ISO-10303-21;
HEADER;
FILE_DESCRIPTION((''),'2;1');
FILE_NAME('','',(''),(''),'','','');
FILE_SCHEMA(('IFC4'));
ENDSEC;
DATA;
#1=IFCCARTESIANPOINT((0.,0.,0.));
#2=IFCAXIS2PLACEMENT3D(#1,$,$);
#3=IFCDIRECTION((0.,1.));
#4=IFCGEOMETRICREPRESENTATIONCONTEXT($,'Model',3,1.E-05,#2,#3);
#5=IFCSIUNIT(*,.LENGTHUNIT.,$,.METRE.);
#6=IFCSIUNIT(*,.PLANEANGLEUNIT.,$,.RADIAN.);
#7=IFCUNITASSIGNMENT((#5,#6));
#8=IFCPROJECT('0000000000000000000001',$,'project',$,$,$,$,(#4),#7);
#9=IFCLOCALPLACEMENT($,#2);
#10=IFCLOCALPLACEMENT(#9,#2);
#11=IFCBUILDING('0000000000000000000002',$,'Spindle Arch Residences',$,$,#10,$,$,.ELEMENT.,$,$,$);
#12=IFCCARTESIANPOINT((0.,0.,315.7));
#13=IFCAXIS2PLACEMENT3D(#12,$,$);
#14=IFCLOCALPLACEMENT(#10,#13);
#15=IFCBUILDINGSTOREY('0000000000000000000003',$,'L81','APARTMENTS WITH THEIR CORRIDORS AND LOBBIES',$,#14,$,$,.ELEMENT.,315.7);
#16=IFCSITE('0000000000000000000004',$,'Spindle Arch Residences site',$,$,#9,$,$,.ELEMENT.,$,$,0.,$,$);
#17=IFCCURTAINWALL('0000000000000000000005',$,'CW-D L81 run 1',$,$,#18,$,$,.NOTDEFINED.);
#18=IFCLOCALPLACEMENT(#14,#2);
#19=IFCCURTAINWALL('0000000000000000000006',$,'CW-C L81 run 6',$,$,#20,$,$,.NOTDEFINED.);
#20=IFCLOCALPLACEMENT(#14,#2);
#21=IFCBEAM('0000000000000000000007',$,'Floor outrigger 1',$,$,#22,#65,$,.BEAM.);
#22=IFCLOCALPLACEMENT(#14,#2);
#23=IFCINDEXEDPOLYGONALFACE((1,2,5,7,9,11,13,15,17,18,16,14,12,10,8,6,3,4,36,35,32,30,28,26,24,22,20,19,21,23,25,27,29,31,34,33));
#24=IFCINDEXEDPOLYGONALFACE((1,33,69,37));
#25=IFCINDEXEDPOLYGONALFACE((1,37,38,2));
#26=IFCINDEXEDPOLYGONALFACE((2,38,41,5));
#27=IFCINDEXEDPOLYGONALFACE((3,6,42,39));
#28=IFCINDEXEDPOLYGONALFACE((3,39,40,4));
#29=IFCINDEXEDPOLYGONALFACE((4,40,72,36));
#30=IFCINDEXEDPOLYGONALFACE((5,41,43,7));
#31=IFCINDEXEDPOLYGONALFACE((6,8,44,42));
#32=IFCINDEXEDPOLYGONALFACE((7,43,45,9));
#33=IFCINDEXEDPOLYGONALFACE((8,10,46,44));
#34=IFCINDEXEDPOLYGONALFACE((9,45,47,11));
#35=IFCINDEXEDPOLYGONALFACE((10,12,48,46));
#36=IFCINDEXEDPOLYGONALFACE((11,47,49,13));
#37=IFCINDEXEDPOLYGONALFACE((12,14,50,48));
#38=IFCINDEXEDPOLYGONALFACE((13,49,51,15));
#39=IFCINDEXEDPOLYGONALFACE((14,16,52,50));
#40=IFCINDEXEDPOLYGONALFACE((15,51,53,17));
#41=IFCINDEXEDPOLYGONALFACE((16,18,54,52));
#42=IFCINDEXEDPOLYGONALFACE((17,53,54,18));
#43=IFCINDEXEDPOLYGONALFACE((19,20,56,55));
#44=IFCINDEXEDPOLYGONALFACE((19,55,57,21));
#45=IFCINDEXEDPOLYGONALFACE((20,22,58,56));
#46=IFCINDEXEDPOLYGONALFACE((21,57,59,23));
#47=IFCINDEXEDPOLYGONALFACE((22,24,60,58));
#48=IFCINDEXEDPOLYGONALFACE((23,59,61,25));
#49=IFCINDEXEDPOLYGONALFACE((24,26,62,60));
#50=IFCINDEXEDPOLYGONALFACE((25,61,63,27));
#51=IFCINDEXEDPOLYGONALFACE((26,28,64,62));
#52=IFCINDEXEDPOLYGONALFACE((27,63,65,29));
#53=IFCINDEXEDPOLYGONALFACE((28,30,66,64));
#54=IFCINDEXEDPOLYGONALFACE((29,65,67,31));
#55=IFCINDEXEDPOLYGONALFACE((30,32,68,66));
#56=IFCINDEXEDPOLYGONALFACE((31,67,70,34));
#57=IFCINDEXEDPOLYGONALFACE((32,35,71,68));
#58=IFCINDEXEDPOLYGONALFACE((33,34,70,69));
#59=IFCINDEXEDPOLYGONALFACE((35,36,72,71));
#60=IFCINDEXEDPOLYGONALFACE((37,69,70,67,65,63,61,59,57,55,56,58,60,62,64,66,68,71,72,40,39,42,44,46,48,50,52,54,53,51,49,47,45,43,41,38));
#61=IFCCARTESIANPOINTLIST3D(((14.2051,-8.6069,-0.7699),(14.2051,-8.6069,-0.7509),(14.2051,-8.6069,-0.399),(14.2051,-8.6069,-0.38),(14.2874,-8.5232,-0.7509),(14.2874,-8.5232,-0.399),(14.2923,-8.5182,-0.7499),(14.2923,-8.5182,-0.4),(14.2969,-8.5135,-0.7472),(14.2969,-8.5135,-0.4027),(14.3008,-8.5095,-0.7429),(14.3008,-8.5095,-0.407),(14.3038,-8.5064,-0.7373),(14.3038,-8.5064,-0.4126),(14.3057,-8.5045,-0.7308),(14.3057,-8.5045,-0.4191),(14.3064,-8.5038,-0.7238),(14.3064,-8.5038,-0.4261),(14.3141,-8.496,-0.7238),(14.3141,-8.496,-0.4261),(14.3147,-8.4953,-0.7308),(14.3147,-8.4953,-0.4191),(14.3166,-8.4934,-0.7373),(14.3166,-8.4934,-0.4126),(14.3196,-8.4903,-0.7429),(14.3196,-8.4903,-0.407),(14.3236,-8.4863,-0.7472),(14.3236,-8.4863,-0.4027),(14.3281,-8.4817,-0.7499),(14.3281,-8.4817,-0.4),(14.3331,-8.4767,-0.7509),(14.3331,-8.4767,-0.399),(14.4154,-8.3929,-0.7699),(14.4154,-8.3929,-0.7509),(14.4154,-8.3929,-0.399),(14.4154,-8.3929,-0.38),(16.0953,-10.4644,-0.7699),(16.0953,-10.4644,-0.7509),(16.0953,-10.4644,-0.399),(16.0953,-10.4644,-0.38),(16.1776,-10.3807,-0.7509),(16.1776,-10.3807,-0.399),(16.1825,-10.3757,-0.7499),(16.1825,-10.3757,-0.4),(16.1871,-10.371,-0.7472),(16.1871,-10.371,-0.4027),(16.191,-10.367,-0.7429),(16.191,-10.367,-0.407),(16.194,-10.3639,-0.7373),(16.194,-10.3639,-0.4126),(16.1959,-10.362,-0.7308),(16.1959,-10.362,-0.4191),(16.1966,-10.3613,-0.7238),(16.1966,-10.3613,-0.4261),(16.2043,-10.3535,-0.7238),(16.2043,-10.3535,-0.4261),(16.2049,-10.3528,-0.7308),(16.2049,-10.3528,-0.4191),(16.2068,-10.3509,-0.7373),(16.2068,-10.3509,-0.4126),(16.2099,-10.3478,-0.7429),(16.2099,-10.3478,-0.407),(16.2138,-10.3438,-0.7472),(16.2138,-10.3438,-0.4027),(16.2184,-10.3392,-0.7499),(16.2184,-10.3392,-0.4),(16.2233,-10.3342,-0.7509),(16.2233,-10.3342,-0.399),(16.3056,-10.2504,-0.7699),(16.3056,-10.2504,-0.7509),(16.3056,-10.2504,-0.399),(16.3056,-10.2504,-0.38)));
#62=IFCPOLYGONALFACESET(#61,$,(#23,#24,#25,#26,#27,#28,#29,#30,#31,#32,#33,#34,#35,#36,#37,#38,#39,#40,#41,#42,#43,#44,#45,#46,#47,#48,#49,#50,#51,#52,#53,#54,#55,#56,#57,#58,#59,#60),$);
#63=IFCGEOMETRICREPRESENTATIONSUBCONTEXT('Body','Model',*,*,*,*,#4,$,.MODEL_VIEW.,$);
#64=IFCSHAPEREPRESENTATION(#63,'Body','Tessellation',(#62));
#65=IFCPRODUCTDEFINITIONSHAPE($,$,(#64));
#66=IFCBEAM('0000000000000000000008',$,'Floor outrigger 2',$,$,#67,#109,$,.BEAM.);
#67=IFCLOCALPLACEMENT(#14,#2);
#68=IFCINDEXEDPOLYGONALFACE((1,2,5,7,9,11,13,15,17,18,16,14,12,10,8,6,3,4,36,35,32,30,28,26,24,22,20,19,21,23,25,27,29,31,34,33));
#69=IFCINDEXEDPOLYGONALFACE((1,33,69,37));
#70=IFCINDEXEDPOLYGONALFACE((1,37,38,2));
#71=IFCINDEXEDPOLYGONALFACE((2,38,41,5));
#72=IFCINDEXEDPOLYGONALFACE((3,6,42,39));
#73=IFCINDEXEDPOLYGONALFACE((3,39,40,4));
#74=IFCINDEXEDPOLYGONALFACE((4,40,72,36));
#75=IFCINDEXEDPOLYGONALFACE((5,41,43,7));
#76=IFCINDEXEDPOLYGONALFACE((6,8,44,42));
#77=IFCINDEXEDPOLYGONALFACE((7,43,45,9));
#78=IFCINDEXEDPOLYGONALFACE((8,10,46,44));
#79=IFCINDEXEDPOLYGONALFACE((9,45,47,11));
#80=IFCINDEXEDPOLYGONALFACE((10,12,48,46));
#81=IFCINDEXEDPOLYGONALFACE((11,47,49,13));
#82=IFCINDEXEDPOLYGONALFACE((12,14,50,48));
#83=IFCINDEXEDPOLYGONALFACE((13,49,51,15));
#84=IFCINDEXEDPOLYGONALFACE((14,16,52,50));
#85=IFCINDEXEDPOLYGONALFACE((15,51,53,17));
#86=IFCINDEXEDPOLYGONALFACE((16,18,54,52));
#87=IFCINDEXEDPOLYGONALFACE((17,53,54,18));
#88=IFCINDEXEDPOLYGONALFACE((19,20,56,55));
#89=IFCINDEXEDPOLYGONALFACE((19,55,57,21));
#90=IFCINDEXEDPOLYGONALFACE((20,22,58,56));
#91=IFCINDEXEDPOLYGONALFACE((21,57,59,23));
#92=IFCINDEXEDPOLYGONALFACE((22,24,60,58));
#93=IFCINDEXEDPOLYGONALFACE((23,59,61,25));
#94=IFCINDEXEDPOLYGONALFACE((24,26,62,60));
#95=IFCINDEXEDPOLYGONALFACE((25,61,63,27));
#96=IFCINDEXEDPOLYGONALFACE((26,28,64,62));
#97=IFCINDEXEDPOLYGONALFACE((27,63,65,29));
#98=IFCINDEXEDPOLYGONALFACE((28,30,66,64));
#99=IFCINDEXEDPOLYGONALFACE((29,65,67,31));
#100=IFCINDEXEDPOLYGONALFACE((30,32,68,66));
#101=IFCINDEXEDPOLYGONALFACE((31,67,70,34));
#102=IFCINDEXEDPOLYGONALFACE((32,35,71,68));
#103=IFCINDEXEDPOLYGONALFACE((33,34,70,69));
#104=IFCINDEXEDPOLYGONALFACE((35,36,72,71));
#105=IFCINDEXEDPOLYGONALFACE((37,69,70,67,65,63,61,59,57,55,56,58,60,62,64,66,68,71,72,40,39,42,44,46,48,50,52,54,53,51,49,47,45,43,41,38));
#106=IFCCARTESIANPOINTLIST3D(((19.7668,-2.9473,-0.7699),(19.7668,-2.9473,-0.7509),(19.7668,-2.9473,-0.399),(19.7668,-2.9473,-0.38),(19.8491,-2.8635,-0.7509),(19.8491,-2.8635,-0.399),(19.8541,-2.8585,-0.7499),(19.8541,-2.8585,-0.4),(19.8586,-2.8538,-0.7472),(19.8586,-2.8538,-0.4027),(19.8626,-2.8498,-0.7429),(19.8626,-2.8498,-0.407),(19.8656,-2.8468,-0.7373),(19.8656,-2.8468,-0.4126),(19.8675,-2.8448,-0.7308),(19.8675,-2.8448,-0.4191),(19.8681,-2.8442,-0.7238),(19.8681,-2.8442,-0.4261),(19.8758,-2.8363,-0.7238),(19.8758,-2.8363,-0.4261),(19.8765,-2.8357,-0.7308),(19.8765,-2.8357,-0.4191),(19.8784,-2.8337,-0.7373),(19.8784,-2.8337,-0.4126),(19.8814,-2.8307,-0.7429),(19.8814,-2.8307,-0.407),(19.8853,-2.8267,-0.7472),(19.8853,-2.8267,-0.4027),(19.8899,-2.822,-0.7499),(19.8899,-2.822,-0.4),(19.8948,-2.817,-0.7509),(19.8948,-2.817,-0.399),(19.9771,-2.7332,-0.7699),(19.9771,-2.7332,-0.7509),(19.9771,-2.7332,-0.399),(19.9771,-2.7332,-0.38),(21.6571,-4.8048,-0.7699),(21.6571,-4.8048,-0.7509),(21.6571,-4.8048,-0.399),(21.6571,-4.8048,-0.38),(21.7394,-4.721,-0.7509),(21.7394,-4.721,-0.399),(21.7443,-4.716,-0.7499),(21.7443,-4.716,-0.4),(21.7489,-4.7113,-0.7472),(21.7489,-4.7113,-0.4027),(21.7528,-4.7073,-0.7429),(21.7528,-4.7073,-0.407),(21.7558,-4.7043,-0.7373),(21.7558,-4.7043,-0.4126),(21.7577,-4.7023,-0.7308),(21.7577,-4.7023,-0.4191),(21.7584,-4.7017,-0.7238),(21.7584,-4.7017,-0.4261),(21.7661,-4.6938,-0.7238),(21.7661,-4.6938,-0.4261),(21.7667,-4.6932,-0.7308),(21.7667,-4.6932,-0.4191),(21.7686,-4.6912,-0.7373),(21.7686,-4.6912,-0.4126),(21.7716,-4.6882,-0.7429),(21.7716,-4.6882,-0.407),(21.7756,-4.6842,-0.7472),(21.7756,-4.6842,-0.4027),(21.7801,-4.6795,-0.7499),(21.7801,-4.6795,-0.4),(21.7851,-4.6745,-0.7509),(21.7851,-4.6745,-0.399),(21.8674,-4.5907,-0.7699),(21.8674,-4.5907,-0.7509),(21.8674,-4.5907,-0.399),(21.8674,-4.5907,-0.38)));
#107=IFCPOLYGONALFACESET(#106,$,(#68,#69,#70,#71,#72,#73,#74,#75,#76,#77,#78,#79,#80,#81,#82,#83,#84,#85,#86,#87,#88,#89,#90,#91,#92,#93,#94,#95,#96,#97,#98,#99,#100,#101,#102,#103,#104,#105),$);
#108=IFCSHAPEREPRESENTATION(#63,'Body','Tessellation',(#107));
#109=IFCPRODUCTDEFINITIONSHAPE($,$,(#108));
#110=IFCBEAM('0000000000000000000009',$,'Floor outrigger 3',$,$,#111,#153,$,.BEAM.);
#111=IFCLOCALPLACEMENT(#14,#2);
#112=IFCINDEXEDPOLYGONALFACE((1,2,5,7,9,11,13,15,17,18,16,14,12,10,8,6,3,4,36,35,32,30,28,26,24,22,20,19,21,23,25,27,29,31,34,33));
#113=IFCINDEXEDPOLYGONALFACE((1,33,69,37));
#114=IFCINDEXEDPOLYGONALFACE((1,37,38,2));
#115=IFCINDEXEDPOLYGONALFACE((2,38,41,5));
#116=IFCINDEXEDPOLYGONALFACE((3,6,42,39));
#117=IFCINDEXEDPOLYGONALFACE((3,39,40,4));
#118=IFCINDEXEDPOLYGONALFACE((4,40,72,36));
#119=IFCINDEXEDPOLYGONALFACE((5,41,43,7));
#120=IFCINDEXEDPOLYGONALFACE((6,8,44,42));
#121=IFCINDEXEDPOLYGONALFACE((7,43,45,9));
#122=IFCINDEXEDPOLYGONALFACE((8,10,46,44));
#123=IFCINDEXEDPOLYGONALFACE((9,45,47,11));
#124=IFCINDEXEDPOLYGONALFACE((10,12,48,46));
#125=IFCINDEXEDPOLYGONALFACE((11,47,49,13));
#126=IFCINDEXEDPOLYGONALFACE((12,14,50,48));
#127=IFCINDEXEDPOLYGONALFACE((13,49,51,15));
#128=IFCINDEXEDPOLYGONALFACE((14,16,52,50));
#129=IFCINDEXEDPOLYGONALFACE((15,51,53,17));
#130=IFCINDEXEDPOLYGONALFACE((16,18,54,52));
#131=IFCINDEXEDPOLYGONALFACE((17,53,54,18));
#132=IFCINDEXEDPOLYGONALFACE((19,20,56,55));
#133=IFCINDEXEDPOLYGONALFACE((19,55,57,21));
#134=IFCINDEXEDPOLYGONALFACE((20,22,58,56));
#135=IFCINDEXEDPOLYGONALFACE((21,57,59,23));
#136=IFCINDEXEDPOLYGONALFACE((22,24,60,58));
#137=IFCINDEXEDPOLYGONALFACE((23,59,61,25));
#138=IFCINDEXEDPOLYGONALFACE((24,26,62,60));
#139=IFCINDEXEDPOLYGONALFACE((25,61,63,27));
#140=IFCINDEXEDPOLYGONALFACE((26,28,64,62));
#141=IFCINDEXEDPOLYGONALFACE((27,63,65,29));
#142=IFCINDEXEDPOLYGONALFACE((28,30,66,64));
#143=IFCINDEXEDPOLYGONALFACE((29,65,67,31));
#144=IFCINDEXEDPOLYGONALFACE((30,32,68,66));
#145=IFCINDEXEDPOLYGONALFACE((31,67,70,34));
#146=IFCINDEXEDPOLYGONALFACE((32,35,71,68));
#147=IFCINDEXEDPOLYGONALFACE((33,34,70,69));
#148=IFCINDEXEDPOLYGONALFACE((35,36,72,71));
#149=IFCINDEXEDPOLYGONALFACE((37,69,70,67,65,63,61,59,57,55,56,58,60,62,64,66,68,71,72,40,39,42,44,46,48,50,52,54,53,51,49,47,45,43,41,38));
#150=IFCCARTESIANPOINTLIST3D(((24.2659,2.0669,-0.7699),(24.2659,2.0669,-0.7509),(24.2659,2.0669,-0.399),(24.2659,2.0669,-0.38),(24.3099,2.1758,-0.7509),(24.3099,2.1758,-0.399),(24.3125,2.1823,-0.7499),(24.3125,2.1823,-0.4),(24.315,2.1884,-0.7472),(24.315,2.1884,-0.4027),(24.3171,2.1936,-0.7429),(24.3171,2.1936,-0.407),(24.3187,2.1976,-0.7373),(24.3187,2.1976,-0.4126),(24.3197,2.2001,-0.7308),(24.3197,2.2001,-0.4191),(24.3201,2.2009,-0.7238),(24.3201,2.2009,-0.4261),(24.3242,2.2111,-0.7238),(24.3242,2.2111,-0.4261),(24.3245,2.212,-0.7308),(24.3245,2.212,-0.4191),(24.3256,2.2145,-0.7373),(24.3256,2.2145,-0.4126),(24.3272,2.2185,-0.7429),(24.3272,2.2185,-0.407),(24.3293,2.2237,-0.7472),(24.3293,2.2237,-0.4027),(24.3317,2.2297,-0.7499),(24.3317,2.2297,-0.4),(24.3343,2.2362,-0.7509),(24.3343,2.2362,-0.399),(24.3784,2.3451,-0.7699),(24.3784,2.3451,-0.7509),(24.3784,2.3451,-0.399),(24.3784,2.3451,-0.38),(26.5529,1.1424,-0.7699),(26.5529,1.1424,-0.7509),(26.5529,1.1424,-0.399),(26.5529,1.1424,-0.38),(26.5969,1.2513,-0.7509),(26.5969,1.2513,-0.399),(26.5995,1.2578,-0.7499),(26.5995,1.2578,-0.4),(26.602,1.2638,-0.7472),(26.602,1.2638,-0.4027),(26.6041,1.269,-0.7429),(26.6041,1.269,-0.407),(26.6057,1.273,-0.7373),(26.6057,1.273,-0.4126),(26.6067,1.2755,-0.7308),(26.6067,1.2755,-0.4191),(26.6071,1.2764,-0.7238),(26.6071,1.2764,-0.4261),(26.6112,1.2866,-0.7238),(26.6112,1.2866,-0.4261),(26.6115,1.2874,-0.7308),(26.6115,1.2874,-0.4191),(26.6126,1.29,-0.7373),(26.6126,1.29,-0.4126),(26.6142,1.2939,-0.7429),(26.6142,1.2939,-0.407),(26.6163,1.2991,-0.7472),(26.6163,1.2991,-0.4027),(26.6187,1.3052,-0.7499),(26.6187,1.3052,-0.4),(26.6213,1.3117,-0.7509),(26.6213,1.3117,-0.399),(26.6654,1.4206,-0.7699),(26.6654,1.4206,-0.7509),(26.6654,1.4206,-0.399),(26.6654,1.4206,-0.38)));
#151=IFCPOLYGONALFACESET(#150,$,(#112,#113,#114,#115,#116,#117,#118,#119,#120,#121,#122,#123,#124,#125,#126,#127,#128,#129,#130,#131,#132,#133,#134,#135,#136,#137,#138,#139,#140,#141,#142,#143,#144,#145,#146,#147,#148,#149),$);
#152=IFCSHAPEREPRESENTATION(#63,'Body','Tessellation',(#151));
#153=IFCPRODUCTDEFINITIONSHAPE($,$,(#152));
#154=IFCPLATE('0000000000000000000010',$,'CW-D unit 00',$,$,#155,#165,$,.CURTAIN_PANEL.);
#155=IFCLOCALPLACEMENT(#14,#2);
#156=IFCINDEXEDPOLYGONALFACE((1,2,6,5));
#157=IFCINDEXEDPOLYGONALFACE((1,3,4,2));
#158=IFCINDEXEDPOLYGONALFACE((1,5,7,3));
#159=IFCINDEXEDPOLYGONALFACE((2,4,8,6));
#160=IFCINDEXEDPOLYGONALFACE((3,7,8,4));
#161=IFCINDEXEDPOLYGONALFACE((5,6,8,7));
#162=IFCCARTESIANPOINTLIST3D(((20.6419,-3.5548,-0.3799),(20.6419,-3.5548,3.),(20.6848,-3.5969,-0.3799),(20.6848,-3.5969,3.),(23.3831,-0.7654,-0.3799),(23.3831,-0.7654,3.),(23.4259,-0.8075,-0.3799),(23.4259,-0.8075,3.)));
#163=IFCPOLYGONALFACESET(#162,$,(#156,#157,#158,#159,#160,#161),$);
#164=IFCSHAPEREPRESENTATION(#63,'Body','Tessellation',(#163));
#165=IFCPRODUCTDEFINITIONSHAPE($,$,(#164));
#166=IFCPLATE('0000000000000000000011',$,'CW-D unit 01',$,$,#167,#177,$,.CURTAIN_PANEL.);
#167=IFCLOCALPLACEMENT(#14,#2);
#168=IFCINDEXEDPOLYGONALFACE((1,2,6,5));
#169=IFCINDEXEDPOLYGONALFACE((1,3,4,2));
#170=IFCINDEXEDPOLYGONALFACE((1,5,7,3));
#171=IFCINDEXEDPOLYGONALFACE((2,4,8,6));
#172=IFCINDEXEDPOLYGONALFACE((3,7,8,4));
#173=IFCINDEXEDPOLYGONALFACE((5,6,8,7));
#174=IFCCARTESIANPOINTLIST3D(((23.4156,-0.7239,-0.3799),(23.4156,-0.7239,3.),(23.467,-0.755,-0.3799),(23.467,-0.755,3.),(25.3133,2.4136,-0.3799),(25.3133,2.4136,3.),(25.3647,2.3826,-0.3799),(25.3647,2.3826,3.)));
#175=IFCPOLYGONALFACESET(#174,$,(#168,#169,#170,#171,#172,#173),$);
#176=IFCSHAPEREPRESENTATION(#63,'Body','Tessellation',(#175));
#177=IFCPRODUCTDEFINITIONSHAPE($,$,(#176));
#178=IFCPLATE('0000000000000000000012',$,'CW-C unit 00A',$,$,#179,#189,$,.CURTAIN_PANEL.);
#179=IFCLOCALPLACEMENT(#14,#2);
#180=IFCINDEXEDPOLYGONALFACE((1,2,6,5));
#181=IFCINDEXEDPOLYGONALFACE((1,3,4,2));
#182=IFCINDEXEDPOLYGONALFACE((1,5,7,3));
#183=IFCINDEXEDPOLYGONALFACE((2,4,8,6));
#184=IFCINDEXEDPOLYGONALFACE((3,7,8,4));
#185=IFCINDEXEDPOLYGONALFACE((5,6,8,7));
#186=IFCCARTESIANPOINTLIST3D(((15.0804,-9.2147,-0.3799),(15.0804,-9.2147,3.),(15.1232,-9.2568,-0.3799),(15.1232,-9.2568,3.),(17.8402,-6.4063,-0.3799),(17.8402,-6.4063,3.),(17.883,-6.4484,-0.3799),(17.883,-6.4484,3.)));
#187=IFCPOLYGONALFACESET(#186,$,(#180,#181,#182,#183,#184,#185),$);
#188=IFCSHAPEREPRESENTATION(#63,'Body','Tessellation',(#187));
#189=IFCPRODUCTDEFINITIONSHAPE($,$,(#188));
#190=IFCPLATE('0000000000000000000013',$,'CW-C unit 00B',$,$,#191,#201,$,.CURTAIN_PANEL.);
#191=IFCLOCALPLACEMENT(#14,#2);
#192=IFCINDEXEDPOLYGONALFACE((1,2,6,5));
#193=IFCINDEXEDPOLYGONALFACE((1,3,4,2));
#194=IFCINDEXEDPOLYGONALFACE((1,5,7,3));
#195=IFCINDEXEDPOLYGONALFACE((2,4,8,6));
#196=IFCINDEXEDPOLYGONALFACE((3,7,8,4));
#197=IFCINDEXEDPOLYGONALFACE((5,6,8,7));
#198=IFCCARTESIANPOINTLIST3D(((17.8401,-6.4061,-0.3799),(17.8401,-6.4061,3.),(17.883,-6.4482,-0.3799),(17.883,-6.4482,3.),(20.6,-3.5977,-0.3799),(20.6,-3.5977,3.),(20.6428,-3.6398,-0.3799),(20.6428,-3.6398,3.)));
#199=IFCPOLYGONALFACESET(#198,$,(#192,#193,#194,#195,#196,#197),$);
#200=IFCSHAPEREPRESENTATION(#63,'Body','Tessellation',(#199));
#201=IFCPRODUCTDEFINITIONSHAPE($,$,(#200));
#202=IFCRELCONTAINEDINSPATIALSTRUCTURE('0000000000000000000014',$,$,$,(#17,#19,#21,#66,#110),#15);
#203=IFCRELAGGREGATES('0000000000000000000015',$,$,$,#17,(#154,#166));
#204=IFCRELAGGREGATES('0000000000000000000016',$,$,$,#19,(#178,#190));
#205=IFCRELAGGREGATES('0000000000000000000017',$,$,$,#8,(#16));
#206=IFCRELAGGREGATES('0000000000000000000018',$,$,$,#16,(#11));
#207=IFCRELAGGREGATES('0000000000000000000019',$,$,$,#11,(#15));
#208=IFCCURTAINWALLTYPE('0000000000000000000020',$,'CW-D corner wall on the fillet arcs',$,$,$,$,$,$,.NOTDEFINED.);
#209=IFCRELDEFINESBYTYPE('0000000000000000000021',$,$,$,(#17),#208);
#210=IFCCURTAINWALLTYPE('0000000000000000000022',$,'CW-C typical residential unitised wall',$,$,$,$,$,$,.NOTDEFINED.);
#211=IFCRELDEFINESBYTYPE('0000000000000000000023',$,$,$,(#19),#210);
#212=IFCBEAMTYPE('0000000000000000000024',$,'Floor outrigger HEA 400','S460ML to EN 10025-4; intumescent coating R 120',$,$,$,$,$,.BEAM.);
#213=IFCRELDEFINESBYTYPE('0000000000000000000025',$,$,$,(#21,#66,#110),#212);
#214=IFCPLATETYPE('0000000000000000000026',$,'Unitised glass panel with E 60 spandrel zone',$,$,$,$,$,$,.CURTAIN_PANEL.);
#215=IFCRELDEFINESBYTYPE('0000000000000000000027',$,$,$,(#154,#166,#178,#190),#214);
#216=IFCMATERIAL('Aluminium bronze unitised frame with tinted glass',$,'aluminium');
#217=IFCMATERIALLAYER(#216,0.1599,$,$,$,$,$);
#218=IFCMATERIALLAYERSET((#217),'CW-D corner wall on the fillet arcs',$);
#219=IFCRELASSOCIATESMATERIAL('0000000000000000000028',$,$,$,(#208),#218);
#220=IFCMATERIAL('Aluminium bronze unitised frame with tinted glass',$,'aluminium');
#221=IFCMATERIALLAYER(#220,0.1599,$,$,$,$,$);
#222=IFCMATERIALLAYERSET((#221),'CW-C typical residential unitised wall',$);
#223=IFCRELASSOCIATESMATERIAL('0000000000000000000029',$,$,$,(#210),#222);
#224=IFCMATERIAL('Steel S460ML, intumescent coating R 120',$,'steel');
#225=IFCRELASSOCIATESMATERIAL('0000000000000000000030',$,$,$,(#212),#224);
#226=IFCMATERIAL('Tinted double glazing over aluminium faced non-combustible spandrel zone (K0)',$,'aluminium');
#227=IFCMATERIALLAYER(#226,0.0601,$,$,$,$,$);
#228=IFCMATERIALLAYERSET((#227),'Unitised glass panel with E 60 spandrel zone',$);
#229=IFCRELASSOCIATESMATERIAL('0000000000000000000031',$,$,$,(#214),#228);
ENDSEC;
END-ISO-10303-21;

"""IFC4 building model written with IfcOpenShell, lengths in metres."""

from ifc_helpers import new_model, si_unit, direction, frame, origin, origin_2d, place, context, subcontext, project, spatial, rectangle, i_section, extrude, material, layer, layer_set, material_profile, profile_set, type_object, element, aggregate, save


model = new_model("IFC4")

# Units and contexts
model_context = context("Model", 3, precision=1e-05, world=origin(), true_north=direction((0.0, 1.0)))
body_context = subcontext(model_context, "Body", "Model", "MODEL_VIEW")
ifc_project = project(units=[si_unit("LENGTHUNIT", "METRE"), si_unit("PLANEANGLEUNIT", "RADIAN")], contexts=[model_context])

# Site, building, storey
site_placement = place(None, origin())
site = spatial("IfcSite", under=ifc_project, at=site_placement, Name="Spindle Arch Residences site", CompositionType="ELEMENT", RefElevation=0.0)
building_placement = place(site_placement, origin())
building = spatial("IfcBuilding", under=site, at=building_placement, Name="Spindle Arch Residences", CompositionType="ELEMENT")
storey_placement = place(building_placement, frame((0.0, 0.0, 315.7)))
storey = spatial("IfcBuildingStorey", under=building, at=storey_placement, Name="L81", Description="APARTMENTS WITH THEIR CORRIDORS AND LOBBIES", CompositionType="ELEMENT", Elevation=315.7)

# Curtain wall
ifc_material_1 = material(Name="Aluminium bronze unitised frame with tinted glass", Category="aluminium")
ifc_layer_1 = layer(ifc_material_1, 0.1599)
ifc_layer_set_1 = layer_set([ifc_layer_1], Name="CW-D corner wall on the fillet arcs")
curtain_wall_type_1 = type_object("IfcCurtainWallType", Name="CW-D corner wall on the fillet arcs", PredefinedType="NOTDEFINED", material=ifc_layer_set_1)
curtain_wall_1_placement = place(storey_placement, origin())
curtain_wall_1 = element("IfcCurtainWall", 1, at=curtain_wall_1_placement, inside=storey, type_object=curtain_wall_type_1, Name="CW-D L81 run 1", PredefinedType="NOTDEFINED")

# Curtain wall
ifc_material_2 = material(Name="Aluminium bronze unitised frame with tinted glass", Category="aluminium")
ifc_layer_2 = layer(ifc_material_2, 0.1599)
ifc_layer_set_2 = layer_set([ifc_layer_2], Name="CW-C typical residential unitised wall")
curtain_wall_type_2 = type_object("IfcCurtainWallType", Name="CW-C typical residential unitised wall", PredefinedType="NOTDEFINED", material=ifc_layer_set_2)
curtain_wall_2_placement = place(storey_placement, origin())
curtain_wall_2 = element("IfcCurtainWall", 2, at=curtain_wall_2_placement, inside=storey, type_object=curtain_wall_type_2, Name="CW-C L81 run 6", PredefinedType="NOTDEFINED")

# Beams
ifc_material_3 = material(Name="Steel S460ML, intumescent coating R 120", Category="steel")
ifc_material_profile_1 = material_profile(ifc_material_3, i_section(OverallWidth=0.3, OverallDepth=0.3899, WebThickness=0.011, FlangeThickness=0.019, FilletRadius=0.0271, at=origin_2d()), Name="HEA 400")
ifc_profile_set_1 = profile_set([ifc_material_profile_1], Name="Steel S460ML, intumescent coating R 120")
beam_type_1 = type_object("IfcBeamType", Name="Floor outrigger HEA 400", Description="S460ML to EN 10025-4; intumescent coating R 120", PredefinedType="BEAM", material=ifc_profile_set_1)
for number, where, z_axis, x_axis, name in (
    (3, (16.2004, -10.3574, -0.575), (-0.713252, 0.700907, 0.0), (-0.700907, -0.713252, 0.0), "Floor outrigger 1"),
    (4, (21.7622, -4.6978, -0.575), (-0.713252, 0.700907, 0.0), (-0.700907, -0.713252, 0.0), "Floor outrigger 2"),
):
    element("IfcBeam", number, at=place(storey_placement, frame(where, z_axis=z_axis, x_axis=x_axis)), inside=storey, type_object=beam_type_1, Name=name, PredefinedType="BEAM", context=body_context, shape_type="SweptSolid", body=[
        extrude(i_section(OverallWidth=0.3, OverallDepth=0.3899, WebThickness=0.011, FlangeThickness=0.019, FilletRadius=0.0271, at=origin_2d()), origin(), (0.0, 0.0, 1.0), 2.6501),
    ])
beam_1_placement = place(storey_placement, frame((26.6091, 1.2815, -0.575), z_axis=(-0.927112, 0.374784, 0.0), x_axis=(-0.374784, -0.927112, 0.0)))
element("IfcBeam", 5, at=beam_1_placement, inside=storey, type_object=beam_type_1, Name="Floor outrigger 3", PredefinedType="BEAM", context=body_context, shape_type="SweptSolid", body=[
    extrude(i_section(OverallWidth=0.3, OverallDepth=0.3899, WebThickness=0.011, FlangeThickness=0.019, FilletRadius=0.0271, at=origin_2d()), origin(), (0.0, 0.0, 1.0), 2.4668),
])

# Plates
ifc_material_4 = material(Name="Tinted double glazing over aluminium faced non-combustible spandrel zone (K0)", Category="aluminium")
ifc_layer_3 = layer(ifc_material_4, 0.0601)
ifc_layer_set_3 = layer_set([ifc_layer_3], Name="Unitised glass panel with E 60 spandrel zone")
plate_type = type_object("IfcPlateType", Name="Unitised glass panel with E 60 spandrel zone", PredefinedType="CURTAIN_PANEL", material=ifc_layer_set_3)
plate_1_placement = place(storey_placement, frame((22.0339, -2.1812, -0.3799), z_axis=(0.0, 0.0, 1.0), x_axis=(0.700909, 0.71325, 0.0)))
plate_1 = element("IfcPlate", 6, at=plate_1_placement, type_object=plate_type, Name="CW-D unit 00", PredefinedType="CURTAIN_PANEL", context=body_context, shape_type="SweptSolid", body=[
    extrude(rectangle(XDim=3.9109, YDim=0.0601, at=origin_2d()), origin(), (0.0, 0.0, 1.0), 3.3799),
])
plate_2_placement = place(storey_placement, frame((24.3901, 0.8293, -0.3799), z_axis=(0.0, 0.0, 1.0), x_axis=(0.517529, 0.855665, 0.0)))
plate_2 = element("IfcPlate", 7, at=plate_2_placement, type_object=plate_type, Name="CW-D unit 01", PredefinedType="CURTAIN_PANEL", context=body_context, shape_type="SweptSolid", body=[
    extrude(rectangle(XDim=3.6667, YDim=0.0601, at=origin_2d()), origin(), (0.0, 0.0, 1.0), 3.3799),
])
aggregate(curtain_wall_1, [plate_1, plate_2])
plate_3_placement = place(storey_placement, frame((16.4817, -7.8315, -0.3799), z_axis=(0.0, 0.0, 1.0), x_axis=(0.700909, 0.71325, 0.0)))
plate_3 = element("IfcPlate", 8, at=plate_3_placement, type_object=plate_type, Name="CW-C unit 00A", PredefinedType="CURTAIN_PANEL", context=body_context, shape_type="SweptSolid", body=[
    extrude(rectangle(XDim=3.9375, YDim=0.0601, at=origin_2d()), origin(), (0.0, 0.0, 1.0), 3.3799),
])
plate_4_placement = place(storey_placement, frame((19.2415, -5.0229, -0.3799), z_axis=(0.0, 0.0, 1.0), x_axis=(0.700909, 0.71325, 0.0)))
plate_4 = element("IfcPlate", 9, at=plate_4_placement, type_object=plate_type, Name="CW-C unit 00B", PredefinedType="CURTAIN_PANEL", context=body_context, shape_type="SweptSolid", body=[
    extrude(rectangle(XDim=3.9375, YDim=0.0601, at=origin_2d()), origin(), (0.0, 0.0, 1.0), 3.3799),
])
aggregate(curtain_wall_2, [plate_3, plate_4])

save(model, "model.ifc")
